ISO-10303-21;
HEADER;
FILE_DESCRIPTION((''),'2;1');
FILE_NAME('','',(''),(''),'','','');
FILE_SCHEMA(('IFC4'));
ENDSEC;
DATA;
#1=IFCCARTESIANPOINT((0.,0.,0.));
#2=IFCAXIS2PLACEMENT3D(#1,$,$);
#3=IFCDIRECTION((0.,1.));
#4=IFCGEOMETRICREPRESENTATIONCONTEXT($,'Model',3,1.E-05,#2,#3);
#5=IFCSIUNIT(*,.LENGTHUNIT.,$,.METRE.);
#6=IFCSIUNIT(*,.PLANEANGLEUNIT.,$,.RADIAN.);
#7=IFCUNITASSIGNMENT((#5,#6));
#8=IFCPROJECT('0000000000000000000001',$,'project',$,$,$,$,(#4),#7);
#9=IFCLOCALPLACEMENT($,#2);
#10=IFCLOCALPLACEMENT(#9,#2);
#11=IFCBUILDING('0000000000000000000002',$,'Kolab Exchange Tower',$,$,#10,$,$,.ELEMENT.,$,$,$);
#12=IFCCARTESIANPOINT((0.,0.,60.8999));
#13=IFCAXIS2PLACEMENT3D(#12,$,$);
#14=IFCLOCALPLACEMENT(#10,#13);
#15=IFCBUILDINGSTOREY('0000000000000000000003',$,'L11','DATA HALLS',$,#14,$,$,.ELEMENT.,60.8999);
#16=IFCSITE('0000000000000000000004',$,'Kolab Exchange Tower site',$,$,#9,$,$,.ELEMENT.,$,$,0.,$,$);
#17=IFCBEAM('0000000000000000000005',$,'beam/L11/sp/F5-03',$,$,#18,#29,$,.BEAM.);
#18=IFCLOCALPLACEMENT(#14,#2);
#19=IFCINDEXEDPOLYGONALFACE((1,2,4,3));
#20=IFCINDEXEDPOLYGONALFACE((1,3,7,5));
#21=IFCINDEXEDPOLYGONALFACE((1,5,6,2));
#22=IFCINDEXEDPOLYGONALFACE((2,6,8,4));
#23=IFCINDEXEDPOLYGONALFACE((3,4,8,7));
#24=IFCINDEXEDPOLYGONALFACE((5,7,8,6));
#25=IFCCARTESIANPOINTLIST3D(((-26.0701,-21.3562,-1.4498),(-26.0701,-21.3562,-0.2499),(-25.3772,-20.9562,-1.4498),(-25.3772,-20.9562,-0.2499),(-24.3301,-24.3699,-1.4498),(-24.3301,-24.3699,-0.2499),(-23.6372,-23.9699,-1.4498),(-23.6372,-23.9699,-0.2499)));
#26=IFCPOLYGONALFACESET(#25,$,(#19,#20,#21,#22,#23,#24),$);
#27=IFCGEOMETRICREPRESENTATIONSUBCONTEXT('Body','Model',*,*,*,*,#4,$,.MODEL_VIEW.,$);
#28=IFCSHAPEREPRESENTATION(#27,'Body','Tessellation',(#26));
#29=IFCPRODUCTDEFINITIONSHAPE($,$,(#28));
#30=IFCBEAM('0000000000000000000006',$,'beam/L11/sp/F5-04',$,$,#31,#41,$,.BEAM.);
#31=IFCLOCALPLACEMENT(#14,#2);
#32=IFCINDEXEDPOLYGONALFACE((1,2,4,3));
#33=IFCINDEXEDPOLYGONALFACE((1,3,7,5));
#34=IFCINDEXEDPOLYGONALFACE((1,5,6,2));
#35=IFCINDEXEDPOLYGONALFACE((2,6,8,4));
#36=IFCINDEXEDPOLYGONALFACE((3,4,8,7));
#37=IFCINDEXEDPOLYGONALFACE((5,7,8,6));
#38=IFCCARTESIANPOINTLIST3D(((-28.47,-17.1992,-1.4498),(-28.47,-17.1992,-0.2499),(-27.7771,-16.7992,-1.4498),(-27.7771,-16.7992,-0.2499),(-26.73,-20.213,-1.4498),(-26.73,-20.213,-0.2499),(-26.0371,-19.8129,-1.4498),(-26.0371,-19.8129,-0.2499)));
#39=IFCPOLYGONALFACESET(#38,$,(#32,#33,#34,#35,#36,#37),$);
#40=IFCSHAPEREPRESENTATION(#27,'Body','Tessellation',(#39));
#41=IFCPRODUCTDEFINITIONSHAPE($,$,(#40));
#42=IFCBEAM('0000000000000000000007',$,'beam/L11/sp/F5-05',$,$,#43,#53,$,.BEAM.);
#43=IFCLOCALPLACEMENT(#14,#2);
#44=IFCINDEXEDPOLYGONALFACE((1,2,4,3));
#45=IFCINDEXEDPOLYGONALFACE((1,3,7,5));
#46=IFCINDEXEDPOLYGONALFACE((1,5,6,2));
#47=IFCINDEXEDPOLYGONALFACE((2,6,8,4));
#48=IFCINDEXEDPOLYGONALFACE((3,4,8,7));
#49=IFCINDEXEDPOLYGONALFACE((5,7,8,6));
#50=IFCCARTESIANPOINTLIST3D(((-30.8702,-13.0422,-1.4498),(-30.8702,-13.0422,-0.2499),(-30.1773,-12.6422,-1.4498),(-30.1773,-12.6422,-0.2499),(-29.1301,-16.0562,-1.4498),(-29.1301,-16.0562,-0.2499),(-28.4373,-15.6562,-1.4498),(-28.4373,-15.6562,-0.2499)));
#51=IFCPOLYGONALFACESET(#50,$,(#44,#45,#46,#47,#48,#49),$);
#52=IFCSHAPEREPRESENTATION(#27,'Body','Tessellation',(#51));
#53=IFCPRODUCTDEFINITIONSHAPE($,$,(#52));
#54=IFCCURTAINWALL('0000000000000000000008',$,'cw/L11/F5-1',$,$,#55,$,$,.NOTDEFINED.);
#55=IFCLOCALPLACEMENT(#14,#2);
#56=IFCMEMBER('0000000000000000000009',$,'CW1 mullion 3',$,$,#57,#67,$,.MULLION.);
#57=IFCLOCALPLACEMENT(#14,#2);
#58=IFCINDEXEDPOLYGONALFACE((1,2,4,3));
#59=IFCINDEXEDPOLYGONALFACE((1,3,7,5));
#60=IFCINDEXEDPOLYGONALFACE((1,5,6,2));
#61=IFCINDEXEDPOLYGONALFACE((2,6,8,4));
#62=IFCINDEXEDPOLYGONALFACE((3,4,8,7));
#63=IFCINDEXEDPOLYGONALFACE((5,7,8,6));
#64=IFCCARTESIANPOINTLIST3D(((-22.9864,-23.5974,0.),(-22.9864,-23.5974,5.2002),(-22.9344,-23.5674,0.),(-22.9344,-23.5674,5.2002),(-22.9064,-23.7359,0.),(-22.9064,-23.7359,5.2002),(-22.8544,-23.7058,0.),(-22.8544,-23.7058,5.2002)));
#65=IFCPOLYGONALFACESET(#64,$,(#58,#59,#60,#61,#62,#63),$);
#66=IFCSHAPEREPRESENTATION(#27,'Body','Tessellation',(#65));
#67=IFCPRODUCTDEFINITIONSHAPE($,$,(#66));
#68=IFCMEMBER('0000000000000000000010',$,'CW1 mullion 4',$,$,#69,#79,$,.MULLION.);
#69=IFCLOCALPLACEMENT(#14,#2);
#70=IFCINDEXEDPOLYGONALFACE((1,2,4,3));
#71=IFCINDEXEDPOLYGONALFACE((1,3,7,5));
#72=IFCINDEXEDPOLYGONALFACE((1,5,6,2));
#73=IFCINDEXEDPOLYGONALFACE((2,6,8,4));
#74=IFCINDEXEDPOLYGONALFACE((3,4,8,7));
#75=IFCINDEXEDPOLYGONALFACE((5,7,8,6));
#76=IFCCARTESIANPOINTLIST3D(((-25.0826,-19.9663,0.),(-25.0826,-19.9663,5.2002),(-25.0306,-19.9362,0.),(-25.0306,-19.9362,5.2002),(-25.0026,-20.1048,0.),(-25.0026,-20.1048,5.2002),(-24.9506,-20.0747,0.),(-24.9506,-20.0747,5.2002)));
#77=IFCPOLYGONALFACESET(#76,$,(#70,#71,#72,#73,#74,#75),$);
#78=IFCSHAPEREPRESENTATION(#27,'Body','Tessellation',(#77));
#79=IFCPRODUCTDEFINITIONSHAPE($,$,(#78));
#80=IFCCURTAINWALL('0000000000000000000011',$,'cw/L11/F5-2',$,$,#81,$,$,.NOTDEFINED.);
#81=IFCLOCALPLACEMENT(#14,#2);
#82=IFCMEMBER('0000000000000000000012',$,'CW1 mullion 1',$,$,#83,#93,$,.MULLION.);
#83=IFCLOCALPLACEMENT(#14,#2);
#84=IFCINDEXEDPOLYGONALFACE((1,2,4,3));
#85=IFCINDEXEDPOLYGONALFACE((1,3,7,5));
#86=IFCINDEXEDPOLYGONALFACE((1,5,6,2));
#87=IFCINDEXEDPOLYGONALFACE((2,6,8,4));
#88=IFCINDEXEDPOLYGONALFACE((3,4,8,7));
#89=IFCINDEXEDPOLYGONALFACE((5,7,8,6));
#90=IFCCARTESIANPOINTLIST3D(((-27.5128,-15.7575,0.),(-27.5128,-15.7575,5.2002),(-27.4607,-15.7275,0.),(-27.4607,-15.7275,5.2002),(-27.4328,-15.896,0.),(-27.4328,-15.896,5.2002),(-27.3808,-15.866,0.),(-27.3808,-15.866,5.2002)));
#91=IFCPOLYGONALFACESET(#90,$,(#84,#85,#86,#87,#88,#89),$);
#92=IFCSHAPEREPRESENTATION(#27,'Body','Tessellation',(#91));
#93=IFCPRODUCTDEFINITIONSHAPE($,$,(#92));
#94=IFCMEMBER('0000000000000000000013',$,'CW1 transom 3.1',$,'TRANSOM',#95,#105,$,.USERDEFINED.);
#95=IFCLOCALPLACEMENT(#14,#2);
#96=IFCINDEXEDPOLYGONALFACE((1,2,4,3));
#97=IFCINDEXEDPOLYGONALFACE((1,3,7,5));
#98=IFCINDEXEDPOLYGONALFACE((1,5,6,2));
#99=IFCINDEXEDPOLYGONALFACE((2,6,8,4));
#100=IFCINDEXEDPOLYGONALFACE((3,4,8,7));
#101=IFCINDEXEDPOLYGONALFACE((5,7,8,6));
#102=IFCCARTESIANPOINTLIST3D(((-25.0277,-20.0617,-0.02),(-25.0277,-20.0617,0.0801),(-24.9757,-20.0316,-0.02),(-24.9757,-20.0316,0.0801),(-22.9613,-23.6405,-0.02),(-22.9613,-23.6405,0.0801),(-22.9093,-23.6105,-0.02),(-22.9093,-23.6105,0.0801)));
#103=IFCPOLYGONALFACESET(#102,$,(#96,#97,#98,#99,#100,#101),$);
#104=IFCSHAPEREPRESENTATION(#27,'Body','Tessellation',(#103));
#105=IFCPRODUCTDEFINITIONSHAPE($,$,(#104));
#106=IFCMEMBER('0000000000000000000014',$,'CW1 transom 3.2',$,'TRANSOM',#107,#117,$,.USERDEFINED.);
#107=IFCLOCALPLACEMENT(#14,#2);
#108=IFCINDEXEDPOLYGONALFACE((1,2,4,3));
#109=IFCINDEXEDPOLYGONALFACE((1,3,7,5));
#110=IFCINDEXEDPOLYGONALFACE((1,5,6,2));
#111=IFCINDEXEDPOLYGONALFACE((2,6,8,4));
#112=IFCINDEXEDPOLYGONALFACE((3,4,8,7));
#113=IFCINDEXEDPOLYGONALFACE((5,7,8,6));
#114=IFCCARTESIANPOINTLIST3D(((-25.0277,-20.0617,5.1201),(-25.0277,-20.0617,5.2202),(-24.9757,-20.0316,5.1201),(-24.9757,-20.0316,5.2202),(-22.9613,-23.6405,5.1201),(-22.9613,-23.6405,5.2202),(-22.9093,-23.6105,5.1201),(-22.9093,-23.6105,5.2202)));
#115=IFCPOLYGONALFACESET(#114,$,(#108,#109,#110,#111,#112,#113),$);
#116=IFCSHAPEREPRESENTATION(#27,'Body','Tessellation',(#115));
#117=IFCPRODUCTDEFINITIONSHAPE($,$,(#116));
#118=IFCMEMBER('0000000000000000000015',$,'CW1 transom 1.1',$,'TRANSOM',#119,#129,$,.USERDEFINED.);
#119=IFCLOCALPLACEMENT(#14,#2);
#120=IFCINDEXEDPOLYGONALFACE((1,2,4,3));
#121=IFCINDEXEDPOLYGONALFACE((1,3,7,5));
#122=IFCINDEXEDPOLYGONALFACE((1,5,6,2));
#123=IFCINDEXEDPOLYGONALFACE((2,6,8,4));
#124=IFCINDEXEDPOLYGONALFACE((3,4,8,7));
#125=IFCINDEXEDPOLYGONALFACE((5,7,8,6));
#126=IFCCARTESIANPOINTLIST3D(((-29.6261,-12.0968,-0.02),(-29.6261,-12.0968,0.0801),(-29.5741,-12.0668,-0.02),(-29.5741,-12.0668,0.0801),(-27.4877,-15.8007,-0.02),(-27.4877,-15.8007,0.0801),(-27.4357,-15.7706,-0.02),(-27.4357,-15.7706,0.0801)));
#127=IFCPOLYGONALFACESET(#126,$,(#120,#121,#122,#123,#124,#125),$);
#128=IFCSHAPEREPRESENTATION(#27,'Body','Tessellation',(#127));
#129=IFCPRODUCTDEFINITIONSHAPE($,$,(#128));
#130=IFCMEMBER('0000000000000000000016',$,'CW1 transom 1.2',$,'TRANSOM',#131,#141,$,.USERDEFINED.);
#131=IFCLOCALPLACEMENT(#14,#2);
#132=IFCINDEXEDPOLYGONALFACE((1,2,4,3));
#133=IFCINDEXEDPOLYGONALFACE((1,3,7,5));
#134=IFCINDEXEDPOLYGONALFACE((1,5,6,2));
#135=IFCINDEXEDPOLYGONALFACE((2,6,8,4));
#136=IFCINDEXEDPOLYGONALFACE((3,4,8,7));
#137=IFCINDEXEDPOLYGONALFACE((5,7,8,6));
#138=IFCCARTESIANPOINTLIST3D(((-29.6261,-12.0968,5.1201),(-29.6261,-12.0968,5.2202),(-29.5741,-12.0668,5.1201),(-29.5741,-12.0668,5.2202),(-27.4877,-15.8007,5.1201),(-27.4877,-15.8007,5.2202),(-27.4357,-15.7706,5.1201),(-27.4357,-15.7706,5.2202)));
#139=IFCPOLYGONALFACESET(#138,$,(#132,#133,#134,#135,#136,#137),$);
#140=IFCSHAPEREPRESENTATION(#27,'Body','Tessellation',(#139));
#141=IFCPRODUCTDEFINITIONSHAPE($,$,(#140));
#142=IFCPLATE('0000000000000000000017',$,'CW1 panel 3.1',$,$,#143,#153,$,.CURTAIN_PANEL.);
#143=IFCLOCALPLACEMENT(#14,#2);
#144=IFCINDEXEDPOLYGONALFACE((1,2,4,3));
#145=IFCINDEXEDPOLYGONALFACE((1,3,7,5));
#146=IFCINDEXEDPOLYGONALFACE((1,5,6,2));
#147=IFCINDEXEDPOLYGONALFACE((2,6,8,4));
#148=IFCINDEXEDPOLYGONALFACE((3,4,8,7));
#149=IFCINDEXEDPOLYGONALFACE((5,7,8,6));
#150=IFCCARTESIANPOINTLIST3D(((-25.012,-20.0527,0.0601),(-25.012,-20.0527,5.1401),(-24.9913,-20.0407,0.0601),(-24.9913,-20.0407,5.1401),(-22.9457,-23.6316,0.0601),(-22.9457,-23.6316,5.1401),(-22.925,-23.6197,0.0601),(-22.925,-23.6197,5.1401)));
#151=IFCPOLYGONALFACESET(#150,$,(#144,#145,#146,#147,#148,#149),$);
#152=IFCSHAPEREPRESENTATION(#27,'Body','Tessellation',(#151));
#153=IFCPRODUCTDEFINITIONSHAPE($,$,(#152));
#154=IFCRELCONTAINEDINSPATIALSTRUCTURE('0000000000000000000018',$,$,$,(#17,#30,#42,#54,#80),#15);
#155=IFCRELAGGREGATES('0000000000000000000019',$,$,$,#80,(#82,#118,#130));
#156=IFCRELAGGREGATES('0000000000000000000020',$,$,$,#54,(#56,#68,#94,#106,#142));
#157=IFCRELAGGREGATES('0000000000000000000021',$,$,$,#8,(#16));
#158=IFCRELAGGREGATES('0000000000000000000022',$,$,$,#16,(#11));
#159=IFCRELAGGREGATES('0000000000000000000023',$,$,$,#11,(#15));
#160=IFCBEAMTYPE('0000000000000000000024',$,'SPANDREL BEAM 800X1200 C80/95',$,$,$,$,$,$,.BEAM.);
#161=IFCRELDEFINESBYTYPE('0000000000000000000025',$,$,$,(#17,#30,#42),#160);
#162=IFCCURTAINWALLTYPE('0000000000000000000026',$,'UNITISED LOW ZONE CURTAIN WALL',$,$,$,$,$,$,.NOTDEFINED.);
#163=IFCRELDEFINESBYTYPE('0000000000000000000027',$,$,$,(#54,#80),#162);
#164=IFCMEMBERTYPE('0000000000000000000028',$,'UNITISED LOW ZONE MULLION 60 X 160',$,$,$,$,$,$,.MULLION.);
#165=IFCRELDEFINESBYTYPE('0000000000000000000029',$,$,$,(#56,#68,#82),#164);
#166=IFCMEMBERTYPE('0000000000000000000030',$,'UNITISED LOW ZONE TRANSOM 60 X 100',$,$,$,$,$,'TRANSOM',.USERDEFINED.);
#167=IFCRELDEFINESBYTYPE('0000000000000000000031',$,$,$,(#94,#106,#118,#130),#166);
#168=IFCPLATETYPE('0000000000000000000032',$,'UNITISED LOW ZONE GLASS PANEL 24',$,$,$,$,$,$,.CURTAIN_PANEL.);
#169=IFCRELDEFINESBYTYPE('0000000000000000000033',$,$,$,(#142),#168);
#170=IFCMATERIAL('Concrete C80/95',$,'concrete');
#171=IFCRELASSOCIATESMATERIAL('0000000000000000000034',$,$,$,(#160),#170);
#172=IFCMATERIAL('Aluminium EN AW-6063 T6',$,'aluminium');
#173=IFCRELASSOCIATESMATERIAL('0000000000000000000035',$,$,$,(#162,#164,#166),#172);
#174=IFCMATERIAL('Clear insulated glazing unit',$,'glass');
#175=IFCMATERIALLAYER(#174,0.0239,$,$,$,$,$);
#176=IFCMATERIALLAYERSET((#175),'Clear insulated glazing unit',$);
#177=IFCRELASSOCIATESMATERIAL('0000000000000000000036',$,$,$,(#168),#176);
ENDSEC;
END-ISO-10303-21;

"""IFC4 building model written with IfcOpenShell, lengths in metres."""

from ifc_helpers import new_model, si_unit, direction, frame, origin, origin_2d, place, context, subcontext, project, spatial, rectangle, extrude, material, layer, layer_set, material_profile, profile_set, type_object, element, aggregate, save


model = new_model("IFC4")

# Units and contexts
model_context = context("Model", 3, precision=1e-05, world=origin(), true_north=direction((0.0, 1.0)))
body_context = subcontext(model_context, "Body", "Model", "MODEL_VIEW")
ifc_project = project(units=[si_unit("LENGTHUNIT", "METRE"), si_unit("PLANEANGLEUNIT", "RADIAN")], contexts=[model_context])

# Site, building, storey
site_placement = place(None, origin())
site = spatial("IfcSite", under=ifc_project, at=site_placement, Name="Kolab Exchange Tower site", CompositionType="ELEMENT", RefElevation=0.0)
building_placement = place(site_placement, origin())
building = spatial("IfcBuilding", under=site, at=building_placement, Name="Kolab Exchange Tower", CompositionType="ELEMENT")
storey_placement = place(building_placement, frame((0.0, 0.0, 60.8999)))
storey = spatial("IfcBuildingStorey", under=building, at=storey_placement, Name="L11", Description="DATA HALLS", CompositionType="ELEMENT", Elevation=60.8999)

# Shared definitions
ifc_material_1 = material(Name="Concrete C80/95", Category="concrete")

# Beams
ifc_material_profile_1 = material_profile(ifc_material_1, rectangle(XDim=0.8, YDim=1.2, at=origin_2d()), Name="RC800X1200")
ifc_profile_set_1 = profile_set([ifc_material_profile_1], Name="Concrete C80/95")
beam_type_1 = type_object("IfcBeamType", Name="SPANDREL BEAM 800X1200 C80/95", PredefinedType="BEAM", material=ifc_profile_set_1)
for number, where, z_axis, x_axis, name in (
    (1, (-23.9836, -24.1699, -0.8499), (-0.50001, 0.86602, 0.0), (-0.86602, -0.50001, 0.0), "beam/L11/sp/F5-03"),
    (2, (-26.3835, -20.0129, -0.8499), (-0.50001, 0.86602, 0.0), (-0.86602, -0.50001, 0.0), "beam/L11/sp/F5-04"),
):
    element("IfcBeam", number, at=place(storey_placement, frame(where, z_axis=z_axis, x_axis=x_axis)), inside=storey, type_object=beam_type_1, Name=name, PredefinedType="BEAM", context=body_context, shape_type="SweptSolid", body=[
        extrude(rectangle(XDim=0.8, YDim=1.2, at=origin_2d()), origin(), (0.0, 0.0, 1.0), 3.48),
    ])
beam_1_placement = place(storey_placement, frame((-28.7837, -15.8562, -0.8499), z_axis=(-0.49998, 0.866037, 0.0), x_axis=(-0.866037, -0.49998, 0.0)))
element("IfcBeam", 3, at=beam_1_placement, inside=storey, type_object=beam_type_1, Name="beam/L11/sp/F5-05", PredefinedType="BEAM", context=body_context, shape_type="SweptSolid", body=[
    extrude(rectangle(XDim=0.8, YDim=1.2, at=origin_2d()), origin(), (0.0, 0.0, 1.0), 3.4802),
])

# Curtain wall, members
ifc_material_2 = material(Name="Aluminium EN AW-6063 T6", Category="aluminium")
curtain_wall_type = type_object("IfcCurtainWallType", Name="UNITISED LOW ZONE CURTAIN WALL", PredefinedType="NOTDEFINED", material=ifc_material_2)
curtain_wall_1_placement = place(storey_placement, origin())
curtain_wall_1 = element("IfcCurtainWall", 4, at=curtain_wall_1_placement, inside=storey, type_object=curtain_wall_type, Name="cw/L11/F5-1", PredefinedType="NOTDEFINED")
ifc_material_profile_2 = material_profile(ifc_material_2, rectangle(XDim=0.0601, YDim=0.1599, at=origin_2d()), Name="RECT 60X160")
ifc_profile_set_2 = profile_set([ifc_material_profile_2], Name="Aluminium EN AW-6063 T6")
member_type_1 = type_object("IfcMemberType", Name="UNITISED LOW ZONE MULLION 60 X 160", PredefinedType="MULLION", material=ifc_profile_set_2)
member_1_placement = place(storey_placement, frame((-22.9204, -23.6516, 0.0), z_axis=(0.0, 0.0, 1.0), x_axis=(-0.866025, -0.5, 0.0)))
member_1 = element("IfcMember", 5, at=member_1_placement, type_object=member_type_1, Name="CW1 mullion 3", PredefinedType="MULLION", context=body_context, shape_type="SweptSolid", body=[
    extrude(rectangle(XDim=0.0601, YDim=0.1599, at=origin_2d()), origin(), (0.0, 0.0, 1.0), 5.2002),
])
member_2_placement = place(storey_placement, frame((-25.0166, -20.0205, 0.0), z_axis=(0.0, 0.0, 1.0), x_axis=(-0.866025, -0.5, 0.0)))
member_2 = element("IfcMember", 6, at=member_2_placement, type_object=member_type_1, Name="CW1 mullion 4", PredefinedType="MULLION", context=body_context, shape_type="SweptSolid", body=[
    extrude(rectangle(XDim=0.0601, YDim=0.1599, at=origin_2d()), origin(), (0.0, 0.0, 1.0), 5.2002),
])

# Curtain wall, member
curtain_wall_2_placement = place(storey_placement, origin())
curtain_wall_2 = element("IfcCurtainWall", 7, at=curtain_wall_2_placement, inside=storey, type_object=curtain_wall_type, Name="cw/L11/F5-2", PredefinedType="NOTDEFINED")
member_3_placement = place(storey_placement, frame((-27.4468, -15.8118, 0.0), z_axis=(0.0, 0.0, 1.0), x_axis=(-0.866025, -0.5, 0.0)))
member_3 = element("IfcMember", 8, at=member_3_placement, type_object=member_type_1, Name="CW1 mullion 1", PredefinedType="MULLION", context=body_context, shape_type="SweptSolid", body=[
    extrude(rectangle(XDim=0.0601, YDim=0.1599, at=origin_2d()), origin(), (0.0, 0.0, 1.0), 5.2002),
])

# Members
ifc_material_profile_3 = material_profile(ifc_material_2, rectangle(XDim=0.0601, YDim=0.1001, at=origin_2d()), Name="RECT 60X100")
ifc_profile_set_3 = profile_set([ifc_material_profile_3], Name="Aluminium EN AW-6063 T6")
member_type_2 = type_object("IfcMemberType", Name="UNITISED LOW ZONE TRANSOM 60 X 100", ElementType="TRANSOM", PredefinedType="USERDEFINED", material=ifc_profile_set_3)
member_4_placement = place(storey_placement, frame((-22.9353, -23.6255, 0.03), z_axis=(-0.500028, 0.866009, 0.0), x_axis=(-0.866009, -0.500028, 0.0)))
member_4 = element("IfcMember", 9, at=member_4_placement, type_object=member_type_2, Name="CW1 transom 3.1", ObjectType="TRANSOM", PredefinedType="USERDEFINED", context=body_context, shape_type="SweptSolid", body=[
    extrude(rectangle(XDim=0.0601, YDim=0.1001, at=origin_2d()), origin(), (0.0, 0.0, 1.0), 4.1326),
])
member_5_placement = place(storey_placement, frame((-22.9353, -23.6255, 5.1702), z_axis=(-0.500028, 0.866009, 0.0), x_axis=(-0.866009, -0.500028, 0.0)))
member_5 = element("IfcMember", 10, at=member_5_placement, type_object=member_type_2, Name="CW1 transom 3.2", ObjectType="TRANSOM", PredefinedType="USERDEFINED", context=body_context, shape_type="SweptSolid", body=[
    extrude(rectangle(XDim=0.0601, YDim=0.1001, at=origin_2d()), origin(), (0.0, 0.0, 1.0), 4.1326),
])
member_6_placement = place(storey_placement, frame((-27.4617, -15.7856, 0.03), z_axis=(-0.500001, 0.866025, 0.0), x_axis=(-0.866025, -0.500001, 0.0)))
member_6 = element("IfcMember", 11, at=member_6_placement, type_object=member_type_2, Name="CW1 transom 1.1", ObjectType="TRANSOM", PredefinedType="USERDEFINED", context=body_context, shape_type="SweptSolid", body=[
    extrude(rectangle(XDim=0.0601, YDim=0.1001, at=origin_2d()), origin(), (0.0, 0.0, 1.0), 4.2769),
])
member_7_placement = place(storey_placement, frame((-27.4617, -15.7856, 5.1702), z_axis=(-0.500001, 0.866025, 0.0), x_axis=(-0.866025, -0.500001, 0.0)))
member_7 = element("IfcMember", 12, at=member_7_placement, type_object=member_type_2, Name="CW1 transom 1.2", ObjectType="TRANSOM", PredefinedType="USERDEFINED", context=body_context, shape_type="SweptSolid", body=[
    extrude(rectangle(XDim=0.0601, YDim=0.1001, at=origin_2d()), origin(), (0.0, 0.0, 1.0), 4.2769),
])
aggregate(curtain_wall_2, [member_3, member_6, member_7])

# Plate
ifc_material_3 = material(Name="Clear insulated glazing unit", Category="glass")
ifc_layer_1 = layer(ifc_material_3, 0.0239)
ifc_layer_set_1 = layer_set([ifc_layer_1], Name="Clear insulated glazing unit")
plate_type = type_object("IfcPlateType", Name="UNITISED LOW ZONE GLASS PANEL 24", PredefinedType="CURTAIN_PANEL", material=ifc_layer_set_1)
plate_placement = place(storey_placement, frame((-23.9685, -21.8362, 0.0601), z_axis=(0.0, 0.0, 1.0), x_axis=(-0.5, 0.866025, 0.0)))
plate = element("IfcPlate", 13, at=plate_placement, type_object=plate_type, Name="CW1 panel 3.1", PredefinedType="CURTAIN_PANEL", context=body_context, shape_type="SweptSolid", body=[
    extrude(rectangle(XDim=4.1326, YDim=0.0239, at=origin_2d()), origin(), (0.0, 0.0, 1.0), 5.0801),
])
aggregate(curtain_wall_1, [member_1, member_2, member_4, member_5, plate])

save(model, "model.ifc")
